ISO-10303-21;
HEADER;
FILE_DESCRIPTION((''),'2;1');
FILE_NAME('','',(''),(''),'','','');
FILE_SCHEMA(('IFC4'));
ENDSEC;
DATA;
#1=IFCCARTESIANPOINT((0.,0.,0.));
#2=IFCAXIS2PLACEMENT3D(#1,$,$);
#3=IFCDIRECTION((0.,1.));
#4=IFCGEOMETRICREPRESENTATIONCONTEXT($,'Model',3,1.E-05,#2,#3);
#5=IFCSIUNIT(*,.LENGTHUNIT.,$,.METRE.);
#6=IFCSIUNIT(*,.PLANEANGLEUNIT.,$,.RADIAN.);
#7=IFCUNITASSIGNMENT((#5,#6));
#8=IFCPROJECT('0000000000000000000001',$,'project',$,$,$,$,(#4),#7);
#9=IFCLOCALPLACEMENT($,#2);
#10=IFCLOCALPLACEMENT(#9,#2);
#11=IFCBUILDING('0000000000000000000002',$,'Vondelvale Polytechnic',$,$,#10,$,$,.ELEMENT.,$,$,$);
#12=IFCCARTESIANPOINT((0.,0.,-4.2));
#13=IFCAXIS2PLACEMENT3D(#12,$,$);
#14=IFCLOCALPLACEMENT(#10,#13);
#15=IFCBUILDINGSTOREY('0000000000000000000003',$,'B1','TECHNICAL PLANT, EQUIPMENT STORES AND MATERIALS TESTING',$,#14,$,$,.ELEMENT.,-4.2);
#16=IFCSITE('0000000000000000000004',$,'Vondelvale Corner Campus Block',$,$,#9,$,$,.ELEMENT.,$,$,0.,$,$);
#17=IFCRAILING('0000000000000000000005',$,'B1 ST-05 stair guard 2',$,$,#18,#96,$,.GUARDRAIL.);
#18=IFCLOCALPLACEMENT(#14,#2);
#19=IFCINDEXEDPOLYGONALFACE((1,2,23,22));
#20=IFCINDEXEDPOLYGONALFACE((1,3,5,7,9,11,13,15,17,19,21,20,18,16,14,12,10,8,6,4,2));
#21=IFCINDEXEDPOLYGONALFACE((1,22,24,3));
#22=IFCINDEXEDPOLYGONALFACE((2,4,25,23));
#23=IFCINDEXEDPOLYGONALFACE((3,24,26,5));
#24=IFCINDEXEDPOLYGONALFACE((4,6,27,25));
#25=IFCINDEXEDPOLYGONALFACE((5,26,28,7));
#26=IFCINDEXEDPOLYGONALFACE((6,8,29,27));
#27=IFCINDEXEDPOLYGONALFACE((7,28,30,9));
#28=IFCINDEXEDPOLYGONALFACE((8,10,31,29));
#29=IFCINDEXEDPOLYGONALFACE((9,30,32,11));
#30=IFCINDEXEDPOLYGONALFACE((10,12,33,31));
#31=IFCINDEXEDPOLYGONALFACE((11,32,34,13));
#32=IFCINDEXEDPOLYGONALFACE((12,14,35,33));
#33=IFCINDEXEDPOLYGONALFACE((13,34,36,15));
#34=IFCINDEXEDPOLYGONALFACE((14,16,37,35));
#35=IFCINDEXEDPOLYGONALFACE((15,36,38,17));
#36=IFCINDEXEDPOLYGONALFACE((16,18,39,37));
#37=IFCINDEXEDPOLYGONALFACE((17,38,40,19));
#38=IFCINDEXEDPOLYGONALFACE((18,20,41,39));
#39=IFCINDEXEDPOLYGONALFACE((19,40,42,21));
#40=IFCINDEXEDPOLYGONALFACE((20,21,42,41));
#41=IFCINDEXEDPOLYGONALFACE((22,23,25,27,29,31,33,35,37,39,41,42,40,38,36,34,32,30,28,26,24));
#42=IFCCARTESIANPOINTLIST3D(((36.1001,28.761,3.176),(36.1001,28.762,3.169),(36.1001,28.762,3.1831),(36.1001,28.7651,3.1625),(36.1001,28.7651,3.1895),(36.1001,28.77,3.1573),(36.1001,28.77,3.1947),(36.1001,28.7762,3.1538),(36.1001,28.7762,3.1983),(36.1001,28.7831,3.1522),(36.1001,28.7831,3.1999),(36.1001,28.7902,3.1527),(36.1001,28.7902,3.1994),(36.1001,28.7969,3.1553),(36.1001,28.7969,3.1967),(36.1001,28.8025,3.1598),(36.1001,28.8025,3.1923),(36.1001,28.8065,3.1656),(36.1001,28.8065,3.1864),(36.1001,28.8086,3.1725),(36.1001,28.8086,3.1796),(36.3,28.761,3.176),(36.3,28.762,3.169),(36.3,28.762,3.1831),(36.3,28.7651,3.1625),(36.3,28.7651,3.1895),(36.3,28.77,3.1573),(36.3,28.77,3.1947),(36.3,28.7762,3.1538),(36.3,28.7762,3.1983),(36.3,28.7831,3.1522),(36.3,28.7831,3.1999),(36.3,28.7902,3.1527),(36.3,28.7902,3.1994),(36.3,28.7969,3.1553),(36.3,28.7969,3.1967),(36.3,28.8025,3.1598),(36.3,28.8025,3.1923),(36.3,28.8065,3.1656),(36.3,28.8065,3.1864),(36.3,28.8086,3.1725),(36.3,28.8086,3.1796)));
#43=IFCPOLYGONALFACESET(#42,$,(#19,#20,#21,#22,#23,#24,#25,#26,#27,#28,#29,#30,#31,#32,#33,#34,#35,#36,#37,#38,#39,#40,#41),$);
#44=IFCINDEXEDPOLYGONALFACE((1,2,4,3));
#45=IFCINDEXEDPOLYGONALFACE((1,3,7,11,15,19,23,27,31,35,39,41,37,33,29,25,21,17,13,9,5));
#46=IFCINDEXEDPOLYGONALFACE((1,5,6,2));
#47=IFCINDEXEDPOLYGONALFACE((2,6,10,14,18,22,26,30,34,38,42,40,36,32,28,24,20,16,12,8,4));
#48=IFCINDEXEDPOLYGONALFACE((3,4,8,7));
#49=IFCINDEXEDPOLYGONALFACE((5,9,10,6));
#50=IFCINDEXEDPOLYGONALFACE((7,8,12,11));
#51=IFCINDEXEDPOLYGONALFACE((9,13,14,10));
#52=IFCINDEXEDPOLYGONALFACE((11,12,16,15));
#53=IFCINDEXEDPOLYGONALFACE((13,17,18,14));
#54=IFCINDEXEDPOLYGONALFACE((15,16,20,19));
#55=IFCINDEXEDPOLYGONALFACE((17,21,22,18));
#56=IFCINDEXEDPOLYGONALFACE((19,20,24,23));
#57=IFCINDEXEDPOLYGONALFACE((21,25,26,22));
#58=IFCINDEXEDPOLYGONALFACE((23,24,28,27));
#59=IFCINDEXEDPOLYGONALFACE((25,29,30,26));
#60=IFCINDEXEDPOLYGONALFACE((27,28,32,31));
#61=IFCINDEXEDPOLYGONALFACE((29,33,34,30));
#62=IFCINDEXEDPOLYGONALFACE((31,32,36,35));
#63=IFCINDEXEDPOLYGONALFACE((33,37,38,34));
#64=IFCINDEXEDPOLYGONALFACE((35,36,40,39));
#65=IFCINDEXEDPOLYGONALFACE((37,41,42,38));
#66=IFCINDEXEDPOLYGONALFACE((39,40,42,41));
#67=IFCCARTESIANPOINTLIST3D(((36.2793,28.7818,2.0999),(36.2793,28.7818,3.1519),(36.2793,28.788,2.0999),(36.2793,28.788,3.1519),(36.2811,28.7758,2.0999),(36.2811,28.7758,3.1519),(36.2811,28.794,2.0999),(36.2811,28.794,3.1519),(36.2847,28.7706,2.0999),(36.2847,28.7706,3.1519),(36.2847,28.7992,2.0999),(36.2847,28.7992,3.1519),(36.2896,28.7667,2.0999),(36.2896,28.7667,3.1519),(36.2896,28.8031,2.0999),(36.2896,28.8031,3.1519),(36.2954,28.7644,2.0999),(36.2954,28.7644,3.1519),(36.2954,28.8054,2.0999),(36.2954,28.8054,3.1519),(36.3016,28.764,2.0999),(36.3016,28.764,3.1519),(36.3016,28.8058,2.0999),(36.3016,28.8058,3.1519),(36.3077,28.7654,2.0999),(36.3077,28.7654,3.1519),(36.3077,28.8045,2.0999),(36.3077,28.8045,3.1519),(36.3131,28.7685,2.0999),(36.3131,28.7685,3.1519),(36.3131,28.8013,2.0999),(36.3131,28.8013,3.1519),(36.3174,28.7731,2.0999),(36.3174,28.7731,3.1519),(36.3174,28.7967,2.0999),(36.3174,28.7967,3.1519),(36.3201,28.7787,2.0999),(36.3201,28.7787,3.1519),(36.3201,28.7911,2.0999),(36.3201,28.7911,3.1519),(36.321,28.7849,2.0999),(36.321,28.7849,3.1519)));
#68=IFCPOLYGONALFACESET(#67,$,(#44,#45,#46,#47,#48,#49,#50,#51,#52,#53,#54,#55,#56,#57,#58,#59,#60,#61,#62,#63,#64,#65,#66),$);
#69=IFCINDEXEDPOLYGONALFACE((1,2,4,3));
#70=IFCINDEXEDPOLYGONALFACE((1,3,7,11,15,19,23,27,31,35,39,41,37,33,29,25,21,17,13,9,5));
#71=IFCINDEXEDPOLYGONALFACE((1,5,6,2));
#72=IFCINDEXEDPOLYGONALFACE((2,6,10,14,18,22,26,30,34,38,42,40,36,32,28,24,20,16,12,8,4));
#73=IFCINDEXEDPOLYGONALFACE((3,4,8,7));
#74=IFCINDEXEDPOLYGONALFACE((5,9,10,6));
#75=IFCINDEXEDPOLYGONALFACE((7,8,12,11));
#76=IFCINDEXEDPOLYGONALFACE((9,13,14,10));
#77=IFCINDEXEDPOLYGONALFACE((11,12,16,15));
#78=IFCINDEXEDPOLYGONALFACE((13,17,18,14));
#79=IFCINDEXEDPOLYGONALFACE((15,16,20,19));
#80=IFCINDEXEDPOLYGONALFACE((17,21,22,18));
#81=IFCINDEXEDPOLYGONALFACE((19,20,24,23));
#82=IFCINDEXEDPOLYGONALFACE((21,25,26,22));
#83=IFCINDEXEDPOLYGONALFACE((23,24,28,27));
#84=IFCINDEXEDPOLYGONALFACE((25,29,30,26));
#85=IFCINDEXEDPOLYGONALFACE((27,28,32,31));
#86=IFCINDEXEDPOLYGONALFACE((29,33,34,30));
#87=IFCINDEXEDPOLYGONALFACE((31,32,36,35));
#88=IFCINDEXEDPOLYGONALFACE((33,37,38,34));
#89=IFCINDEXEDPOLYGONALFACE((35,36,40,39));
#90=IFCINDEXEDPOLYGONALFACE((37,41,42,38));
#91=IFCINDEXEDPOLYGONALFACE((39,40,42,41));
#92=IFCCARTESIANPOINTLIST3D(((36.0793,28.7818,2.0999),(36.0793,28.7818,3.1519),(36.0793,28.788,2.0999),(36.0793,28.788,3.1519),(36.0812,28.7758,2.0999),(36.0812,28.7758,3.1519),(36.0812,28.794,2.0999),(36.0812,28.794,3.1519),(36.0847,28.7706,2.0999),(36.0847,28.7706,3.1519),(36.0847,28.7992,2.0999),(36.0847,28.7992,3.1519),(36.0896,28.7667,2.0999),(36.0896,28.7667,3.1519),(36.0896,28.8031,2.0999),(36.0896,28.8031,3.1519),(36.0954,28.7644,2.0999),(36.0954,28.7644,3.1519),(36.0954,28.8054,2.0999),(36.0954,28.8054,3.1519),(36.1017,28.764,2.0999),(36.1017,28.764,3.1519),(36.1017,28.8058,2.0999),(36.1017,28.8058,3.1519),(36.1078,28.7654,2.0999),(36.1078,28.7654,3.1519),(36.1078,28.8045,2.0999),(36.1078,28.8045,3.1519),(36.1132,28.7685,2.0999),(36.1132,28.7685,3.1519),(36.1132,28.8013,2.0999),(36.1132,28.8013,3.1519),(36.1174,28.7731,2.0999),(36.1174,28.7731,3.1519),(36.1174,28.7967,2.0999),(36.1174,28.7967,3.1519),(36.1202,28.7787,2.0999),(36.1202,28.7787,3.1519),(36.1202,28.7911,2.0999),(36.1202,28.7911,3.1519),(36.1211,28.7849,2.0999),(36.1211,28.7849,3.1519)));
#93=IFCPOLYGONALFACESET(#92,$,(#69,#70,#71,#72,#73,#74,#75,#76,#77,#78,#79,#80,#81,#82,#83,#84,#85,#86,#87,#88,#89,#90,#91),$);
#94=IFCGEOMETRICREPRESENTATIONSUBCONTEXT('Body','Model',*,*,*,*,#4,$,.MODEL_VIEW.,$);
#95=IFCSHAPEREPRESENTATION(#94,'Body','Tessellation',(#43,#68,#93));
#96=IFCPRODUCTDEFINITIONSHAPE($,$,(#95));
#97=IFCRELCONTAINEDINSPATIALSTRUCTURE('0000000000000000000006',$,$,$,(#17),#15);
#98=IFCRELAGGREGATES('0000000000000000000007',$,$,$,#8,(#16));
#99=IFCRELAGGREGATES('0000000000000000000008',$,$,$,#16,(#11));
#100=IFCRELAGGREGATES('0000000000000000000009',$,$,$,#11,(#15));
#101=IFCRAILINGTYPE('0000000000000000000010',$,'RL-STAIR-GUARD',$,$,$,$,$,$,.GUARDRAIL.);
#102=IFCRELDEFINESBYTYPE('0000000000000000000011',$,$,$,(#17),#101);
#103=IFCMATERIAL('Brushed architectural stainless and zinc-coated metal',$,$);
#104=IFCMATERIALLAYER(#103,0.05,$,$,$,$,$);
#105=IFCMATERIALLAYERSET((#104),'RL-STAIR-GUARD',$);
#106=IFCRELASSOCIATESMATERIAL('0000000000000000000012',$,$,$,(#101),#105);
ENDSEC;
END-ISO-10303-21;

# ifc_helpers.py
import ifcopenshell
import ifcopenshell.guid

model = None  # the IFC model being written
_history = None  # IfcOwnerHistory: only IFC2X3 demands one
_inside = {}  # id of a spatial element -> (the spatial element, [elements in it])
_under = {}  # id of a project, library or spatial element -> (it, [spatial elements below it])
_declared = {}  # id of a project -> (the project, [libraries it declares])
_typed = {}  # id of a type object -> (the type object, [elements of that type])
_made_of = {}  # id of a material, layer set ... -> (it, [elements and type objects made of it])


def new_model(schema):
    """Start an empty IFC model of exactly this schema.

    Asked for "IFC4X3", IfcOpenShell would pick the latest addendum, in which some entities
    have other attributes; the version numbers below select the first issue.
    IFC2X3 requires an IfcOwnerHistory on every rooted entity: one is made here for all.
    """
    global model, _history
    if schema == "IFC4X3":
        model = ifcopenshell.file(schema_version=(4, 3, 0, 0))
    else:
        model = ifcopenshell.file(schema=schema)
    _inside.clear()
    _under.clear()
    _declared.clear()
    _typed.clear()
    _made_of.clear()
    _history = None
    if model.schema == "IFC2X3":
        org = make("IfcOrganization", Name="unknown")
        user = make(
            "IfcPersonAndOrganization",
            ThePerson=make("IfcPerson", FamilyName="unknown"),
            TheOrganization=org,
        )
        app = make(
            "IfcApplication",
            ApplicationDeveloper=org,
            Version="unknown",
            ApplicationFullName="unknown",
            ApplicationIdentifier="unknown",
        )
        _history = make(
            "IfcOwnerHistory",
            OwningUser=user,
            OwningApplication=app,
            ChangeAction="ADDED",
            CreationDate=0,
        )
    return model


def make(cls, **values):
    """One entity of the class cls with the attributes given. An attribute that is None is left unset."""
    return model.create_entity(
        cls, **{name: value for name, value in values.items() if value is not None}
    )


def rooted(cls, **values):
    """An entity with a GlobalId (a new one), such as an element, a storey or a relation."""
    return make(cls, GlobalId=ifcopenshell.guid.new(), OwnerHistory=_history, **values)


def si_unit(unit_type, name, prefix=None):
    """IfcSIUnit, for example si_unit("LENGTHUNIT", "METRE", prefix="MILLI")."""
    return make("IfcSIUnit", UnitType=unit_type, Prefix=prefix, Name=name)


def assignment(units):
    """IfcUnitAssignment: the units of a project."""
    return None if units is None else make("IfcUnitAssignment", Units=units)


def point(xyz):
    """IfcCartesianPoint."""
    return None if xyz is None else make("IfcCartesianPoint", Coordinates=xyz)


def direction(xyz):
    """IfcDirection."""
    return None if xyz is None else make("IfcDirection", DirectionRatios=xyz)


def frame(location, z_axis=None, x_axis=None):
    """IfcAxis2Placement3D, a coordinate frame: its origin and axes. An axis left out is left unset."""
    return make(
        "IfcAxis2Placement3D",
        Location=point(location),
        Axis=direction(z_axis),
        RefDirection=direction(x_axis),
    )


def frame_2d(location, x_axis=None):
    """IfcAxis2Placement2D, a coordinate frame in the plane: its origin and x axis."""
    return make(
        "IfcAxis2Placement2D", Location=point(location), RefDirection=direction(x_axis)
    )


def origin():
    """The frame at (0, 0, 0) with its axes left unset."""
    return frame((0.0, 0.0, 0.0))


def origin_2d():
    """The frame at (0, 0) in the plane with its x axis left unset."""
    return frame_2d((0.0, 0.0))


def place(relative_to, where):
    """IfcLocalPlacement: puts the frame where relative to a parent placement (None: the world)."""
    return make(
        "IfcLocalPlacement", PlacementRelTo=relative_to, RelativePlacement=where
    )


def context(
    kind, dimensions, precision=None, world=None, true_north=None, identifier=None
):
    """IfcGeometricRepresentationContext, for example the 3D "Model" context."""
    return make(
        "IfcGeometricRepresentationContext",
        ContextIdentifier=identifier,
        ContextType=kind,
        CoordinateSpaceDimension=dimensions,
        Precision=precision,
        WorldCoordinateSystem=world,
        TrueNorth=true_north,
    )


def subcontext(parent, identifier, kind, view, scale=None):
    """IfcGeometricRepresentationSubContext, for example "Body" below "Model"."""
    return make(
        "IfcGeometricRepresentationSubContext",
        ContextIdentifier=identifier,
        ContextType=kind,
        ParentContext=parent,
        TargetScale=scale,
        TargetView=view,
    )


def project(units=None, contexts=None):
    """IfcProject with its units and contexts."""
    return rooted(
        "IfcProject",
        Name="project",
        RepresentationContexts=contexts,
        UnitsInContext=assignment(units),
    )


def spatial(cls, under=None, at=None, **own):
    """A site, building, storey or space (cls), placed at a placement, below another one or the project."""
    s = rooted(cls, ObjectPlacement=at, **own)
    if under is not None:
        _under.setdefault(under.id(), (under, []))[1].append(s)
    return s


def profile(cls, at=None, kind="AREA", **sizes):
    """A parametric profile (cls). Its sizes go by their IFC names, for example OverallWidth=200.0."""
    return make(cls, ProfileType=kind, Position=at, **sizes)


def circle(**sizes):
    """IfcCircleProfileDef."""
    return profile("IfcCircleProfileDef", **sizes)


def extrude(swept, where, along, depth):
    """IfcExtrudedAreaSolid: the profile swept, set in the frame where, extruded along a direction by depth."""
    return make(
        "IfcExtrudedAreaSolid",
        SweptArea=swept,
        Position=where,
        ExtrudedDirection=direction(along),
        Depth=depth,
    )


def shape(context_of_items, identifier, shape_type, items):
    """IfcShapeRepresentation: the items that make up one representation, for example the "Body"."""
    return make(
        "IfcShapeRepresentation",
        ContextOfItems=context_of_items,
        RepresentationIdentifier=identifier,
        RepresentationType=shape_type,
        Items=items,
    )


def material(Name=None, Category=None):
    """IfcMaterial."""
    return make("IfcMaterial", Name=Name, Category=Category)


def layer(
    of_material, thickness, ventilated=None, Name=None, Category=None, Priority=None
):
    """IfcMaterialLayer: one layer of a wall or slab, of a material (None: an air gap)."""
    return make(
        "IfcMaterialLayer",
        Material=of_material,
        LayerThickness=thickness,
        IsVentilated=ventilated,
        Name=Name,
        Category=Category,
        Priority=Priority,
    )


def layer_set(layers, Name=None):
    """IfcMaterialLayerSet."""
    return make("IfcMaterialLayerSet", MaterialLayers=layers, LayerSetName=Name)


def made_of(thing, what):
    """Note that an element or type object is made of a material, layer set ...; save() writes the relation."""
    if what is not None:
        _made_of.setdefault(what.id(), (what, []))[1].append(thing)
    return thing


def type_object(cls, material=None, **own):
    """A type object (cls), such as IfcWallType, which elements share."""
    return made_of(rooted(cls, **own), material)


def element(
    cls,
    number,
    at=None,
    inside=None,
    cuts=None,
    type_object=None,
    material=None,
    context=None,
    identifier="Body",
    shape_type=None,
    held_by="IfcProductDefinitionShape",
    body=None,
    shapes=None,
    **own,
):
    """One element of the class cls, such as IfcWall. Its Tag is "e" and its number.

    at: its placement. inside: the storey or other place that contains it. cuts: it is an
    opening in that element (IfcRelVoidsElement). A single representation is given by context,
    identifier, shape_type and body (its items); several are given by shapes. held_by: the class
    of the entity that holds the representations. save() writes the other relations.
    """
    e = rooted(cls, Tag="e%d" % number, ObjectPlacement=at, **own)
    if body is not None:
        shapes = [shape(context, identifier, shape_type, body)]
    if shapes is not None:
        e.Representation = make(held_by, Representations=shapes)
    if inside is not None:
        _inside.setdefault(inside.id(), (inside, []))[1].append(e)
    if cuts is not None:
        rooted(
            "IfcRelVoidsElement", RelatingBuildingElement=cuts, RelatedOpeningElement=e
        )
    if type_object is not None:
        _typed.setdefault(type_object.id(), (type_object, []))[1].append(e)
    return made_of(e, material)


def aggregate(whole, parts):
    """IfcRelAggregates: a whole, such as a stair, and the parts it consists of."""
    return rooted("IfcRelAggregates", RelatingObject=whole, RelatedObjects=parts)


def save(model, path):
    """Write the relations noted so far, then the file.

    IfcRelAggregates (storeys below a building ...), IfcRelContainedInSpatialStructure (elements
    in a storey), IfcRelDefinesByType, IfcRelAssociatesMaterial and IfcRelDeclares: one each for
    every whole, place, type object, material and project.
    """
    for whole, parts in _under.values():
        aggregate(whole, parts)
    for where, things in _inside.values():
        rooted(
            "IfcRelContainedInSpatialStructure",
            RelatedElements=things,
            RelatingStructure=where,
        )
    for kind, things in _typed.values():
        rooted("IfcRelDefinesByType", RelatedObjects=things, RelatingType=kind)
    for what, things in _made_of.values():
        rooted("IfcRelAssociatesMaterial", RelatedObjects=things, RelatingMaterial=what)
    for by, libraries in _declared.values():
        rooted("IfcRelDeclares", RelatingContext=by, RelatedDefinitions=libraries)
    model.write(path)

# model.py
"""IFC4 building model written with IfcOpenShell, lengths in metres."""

from ifc_helpers import new_model, si_unit, direction, frame, origin, origin_2d, place, context, subcontext, project, spatial, circle, extrude, material, layer, layer_set, type_object, element, save


model = new_model("IFC4")

# Units and contexts
model_context = context("Model", 3, precision=1e-05, world=origin(), true_north=direction((0.0, 1.0)))
body_context = subcontext(model_context, "Body", "Model", "MODEL_VIEW")
ifc_project = project(units=[si_unit("LENGTHUNIT", "METRE"), si_unit("PLANEANGLEUNIT", "RADIAN")], contexts=[model_context])

# Site, building, storey
site_placement = place(None, origin())
site = spatial("IfcSite", under=ifc_project, at=site_placement, Name="Vondelvale Corner Campus Block", CompositionType="ELEMENT", RefElevation=0.0)
building_placement = place(site_placement, origin())
building = spatial("IfcBuilding", under=site, at=building_placement, Name="Vondelvale Polytechnic", CompositionType="ELEMENT")
storey_placement = place(building_placement, frame((0.0, 0.0, -4.2)))
storey = spatial("IfcBuildingStorey", under=building, at=storey_placement, Name="B1", Description="TECHNICAL PLANT, EQUIPMENT STORES AND MATERIALS TESTING", CompositionType="ELEMENT", Elevation=-4.2)

# Shared definitions
ifc_material_1 = material(Name="Brushed architectural stainless and zinc-coated metal")

# Railing
ifc_layer_1 = layer(ifc_material_1, 0.05)
ifc_layer_set_1 = layer_set([ifc_layer_1], Name="RL-STAIR-GUARD")
railing_type_1 = type_object("IfcRailingType", Name="RL-STAIR-GUARD", PredefinedType="GUARDRAIL", material=ifc_layer_set_1)
railing_1_placement = place(storey_placement, frame((36.3, 28.7849, 2.0999)))
element("IfcRailing", 1, at=railing_1_placement, inside=storey, type_object=railing_type_1, Name="B1 ST-05 stair guard 2", PredefinedType="GUARDRAIL", context=body_context, shape_type="SweptSolid", body=[
    extrude(circle(Radius=0.0239, at=origin_2d()), frame((0.0, 0.0, 1.0762), z_axis=(-1.0, 0.0, 0.0), x_axis=(0.0, -1.0, 0.0)), (0.0, 0.0, 1.0), 0.2),
    extrude(circle(Radius=0.021, at=origin_2d()), origin(), (0.0, 0.0, 1.0), 1.052),
    extrude(circle(Radius=0.021, at=origin_2d()), frame((-0.2, 0.0, 0.0)), (0.0, 0.0, 1.0), 1.052),
])

save(model, "model.ifc")
